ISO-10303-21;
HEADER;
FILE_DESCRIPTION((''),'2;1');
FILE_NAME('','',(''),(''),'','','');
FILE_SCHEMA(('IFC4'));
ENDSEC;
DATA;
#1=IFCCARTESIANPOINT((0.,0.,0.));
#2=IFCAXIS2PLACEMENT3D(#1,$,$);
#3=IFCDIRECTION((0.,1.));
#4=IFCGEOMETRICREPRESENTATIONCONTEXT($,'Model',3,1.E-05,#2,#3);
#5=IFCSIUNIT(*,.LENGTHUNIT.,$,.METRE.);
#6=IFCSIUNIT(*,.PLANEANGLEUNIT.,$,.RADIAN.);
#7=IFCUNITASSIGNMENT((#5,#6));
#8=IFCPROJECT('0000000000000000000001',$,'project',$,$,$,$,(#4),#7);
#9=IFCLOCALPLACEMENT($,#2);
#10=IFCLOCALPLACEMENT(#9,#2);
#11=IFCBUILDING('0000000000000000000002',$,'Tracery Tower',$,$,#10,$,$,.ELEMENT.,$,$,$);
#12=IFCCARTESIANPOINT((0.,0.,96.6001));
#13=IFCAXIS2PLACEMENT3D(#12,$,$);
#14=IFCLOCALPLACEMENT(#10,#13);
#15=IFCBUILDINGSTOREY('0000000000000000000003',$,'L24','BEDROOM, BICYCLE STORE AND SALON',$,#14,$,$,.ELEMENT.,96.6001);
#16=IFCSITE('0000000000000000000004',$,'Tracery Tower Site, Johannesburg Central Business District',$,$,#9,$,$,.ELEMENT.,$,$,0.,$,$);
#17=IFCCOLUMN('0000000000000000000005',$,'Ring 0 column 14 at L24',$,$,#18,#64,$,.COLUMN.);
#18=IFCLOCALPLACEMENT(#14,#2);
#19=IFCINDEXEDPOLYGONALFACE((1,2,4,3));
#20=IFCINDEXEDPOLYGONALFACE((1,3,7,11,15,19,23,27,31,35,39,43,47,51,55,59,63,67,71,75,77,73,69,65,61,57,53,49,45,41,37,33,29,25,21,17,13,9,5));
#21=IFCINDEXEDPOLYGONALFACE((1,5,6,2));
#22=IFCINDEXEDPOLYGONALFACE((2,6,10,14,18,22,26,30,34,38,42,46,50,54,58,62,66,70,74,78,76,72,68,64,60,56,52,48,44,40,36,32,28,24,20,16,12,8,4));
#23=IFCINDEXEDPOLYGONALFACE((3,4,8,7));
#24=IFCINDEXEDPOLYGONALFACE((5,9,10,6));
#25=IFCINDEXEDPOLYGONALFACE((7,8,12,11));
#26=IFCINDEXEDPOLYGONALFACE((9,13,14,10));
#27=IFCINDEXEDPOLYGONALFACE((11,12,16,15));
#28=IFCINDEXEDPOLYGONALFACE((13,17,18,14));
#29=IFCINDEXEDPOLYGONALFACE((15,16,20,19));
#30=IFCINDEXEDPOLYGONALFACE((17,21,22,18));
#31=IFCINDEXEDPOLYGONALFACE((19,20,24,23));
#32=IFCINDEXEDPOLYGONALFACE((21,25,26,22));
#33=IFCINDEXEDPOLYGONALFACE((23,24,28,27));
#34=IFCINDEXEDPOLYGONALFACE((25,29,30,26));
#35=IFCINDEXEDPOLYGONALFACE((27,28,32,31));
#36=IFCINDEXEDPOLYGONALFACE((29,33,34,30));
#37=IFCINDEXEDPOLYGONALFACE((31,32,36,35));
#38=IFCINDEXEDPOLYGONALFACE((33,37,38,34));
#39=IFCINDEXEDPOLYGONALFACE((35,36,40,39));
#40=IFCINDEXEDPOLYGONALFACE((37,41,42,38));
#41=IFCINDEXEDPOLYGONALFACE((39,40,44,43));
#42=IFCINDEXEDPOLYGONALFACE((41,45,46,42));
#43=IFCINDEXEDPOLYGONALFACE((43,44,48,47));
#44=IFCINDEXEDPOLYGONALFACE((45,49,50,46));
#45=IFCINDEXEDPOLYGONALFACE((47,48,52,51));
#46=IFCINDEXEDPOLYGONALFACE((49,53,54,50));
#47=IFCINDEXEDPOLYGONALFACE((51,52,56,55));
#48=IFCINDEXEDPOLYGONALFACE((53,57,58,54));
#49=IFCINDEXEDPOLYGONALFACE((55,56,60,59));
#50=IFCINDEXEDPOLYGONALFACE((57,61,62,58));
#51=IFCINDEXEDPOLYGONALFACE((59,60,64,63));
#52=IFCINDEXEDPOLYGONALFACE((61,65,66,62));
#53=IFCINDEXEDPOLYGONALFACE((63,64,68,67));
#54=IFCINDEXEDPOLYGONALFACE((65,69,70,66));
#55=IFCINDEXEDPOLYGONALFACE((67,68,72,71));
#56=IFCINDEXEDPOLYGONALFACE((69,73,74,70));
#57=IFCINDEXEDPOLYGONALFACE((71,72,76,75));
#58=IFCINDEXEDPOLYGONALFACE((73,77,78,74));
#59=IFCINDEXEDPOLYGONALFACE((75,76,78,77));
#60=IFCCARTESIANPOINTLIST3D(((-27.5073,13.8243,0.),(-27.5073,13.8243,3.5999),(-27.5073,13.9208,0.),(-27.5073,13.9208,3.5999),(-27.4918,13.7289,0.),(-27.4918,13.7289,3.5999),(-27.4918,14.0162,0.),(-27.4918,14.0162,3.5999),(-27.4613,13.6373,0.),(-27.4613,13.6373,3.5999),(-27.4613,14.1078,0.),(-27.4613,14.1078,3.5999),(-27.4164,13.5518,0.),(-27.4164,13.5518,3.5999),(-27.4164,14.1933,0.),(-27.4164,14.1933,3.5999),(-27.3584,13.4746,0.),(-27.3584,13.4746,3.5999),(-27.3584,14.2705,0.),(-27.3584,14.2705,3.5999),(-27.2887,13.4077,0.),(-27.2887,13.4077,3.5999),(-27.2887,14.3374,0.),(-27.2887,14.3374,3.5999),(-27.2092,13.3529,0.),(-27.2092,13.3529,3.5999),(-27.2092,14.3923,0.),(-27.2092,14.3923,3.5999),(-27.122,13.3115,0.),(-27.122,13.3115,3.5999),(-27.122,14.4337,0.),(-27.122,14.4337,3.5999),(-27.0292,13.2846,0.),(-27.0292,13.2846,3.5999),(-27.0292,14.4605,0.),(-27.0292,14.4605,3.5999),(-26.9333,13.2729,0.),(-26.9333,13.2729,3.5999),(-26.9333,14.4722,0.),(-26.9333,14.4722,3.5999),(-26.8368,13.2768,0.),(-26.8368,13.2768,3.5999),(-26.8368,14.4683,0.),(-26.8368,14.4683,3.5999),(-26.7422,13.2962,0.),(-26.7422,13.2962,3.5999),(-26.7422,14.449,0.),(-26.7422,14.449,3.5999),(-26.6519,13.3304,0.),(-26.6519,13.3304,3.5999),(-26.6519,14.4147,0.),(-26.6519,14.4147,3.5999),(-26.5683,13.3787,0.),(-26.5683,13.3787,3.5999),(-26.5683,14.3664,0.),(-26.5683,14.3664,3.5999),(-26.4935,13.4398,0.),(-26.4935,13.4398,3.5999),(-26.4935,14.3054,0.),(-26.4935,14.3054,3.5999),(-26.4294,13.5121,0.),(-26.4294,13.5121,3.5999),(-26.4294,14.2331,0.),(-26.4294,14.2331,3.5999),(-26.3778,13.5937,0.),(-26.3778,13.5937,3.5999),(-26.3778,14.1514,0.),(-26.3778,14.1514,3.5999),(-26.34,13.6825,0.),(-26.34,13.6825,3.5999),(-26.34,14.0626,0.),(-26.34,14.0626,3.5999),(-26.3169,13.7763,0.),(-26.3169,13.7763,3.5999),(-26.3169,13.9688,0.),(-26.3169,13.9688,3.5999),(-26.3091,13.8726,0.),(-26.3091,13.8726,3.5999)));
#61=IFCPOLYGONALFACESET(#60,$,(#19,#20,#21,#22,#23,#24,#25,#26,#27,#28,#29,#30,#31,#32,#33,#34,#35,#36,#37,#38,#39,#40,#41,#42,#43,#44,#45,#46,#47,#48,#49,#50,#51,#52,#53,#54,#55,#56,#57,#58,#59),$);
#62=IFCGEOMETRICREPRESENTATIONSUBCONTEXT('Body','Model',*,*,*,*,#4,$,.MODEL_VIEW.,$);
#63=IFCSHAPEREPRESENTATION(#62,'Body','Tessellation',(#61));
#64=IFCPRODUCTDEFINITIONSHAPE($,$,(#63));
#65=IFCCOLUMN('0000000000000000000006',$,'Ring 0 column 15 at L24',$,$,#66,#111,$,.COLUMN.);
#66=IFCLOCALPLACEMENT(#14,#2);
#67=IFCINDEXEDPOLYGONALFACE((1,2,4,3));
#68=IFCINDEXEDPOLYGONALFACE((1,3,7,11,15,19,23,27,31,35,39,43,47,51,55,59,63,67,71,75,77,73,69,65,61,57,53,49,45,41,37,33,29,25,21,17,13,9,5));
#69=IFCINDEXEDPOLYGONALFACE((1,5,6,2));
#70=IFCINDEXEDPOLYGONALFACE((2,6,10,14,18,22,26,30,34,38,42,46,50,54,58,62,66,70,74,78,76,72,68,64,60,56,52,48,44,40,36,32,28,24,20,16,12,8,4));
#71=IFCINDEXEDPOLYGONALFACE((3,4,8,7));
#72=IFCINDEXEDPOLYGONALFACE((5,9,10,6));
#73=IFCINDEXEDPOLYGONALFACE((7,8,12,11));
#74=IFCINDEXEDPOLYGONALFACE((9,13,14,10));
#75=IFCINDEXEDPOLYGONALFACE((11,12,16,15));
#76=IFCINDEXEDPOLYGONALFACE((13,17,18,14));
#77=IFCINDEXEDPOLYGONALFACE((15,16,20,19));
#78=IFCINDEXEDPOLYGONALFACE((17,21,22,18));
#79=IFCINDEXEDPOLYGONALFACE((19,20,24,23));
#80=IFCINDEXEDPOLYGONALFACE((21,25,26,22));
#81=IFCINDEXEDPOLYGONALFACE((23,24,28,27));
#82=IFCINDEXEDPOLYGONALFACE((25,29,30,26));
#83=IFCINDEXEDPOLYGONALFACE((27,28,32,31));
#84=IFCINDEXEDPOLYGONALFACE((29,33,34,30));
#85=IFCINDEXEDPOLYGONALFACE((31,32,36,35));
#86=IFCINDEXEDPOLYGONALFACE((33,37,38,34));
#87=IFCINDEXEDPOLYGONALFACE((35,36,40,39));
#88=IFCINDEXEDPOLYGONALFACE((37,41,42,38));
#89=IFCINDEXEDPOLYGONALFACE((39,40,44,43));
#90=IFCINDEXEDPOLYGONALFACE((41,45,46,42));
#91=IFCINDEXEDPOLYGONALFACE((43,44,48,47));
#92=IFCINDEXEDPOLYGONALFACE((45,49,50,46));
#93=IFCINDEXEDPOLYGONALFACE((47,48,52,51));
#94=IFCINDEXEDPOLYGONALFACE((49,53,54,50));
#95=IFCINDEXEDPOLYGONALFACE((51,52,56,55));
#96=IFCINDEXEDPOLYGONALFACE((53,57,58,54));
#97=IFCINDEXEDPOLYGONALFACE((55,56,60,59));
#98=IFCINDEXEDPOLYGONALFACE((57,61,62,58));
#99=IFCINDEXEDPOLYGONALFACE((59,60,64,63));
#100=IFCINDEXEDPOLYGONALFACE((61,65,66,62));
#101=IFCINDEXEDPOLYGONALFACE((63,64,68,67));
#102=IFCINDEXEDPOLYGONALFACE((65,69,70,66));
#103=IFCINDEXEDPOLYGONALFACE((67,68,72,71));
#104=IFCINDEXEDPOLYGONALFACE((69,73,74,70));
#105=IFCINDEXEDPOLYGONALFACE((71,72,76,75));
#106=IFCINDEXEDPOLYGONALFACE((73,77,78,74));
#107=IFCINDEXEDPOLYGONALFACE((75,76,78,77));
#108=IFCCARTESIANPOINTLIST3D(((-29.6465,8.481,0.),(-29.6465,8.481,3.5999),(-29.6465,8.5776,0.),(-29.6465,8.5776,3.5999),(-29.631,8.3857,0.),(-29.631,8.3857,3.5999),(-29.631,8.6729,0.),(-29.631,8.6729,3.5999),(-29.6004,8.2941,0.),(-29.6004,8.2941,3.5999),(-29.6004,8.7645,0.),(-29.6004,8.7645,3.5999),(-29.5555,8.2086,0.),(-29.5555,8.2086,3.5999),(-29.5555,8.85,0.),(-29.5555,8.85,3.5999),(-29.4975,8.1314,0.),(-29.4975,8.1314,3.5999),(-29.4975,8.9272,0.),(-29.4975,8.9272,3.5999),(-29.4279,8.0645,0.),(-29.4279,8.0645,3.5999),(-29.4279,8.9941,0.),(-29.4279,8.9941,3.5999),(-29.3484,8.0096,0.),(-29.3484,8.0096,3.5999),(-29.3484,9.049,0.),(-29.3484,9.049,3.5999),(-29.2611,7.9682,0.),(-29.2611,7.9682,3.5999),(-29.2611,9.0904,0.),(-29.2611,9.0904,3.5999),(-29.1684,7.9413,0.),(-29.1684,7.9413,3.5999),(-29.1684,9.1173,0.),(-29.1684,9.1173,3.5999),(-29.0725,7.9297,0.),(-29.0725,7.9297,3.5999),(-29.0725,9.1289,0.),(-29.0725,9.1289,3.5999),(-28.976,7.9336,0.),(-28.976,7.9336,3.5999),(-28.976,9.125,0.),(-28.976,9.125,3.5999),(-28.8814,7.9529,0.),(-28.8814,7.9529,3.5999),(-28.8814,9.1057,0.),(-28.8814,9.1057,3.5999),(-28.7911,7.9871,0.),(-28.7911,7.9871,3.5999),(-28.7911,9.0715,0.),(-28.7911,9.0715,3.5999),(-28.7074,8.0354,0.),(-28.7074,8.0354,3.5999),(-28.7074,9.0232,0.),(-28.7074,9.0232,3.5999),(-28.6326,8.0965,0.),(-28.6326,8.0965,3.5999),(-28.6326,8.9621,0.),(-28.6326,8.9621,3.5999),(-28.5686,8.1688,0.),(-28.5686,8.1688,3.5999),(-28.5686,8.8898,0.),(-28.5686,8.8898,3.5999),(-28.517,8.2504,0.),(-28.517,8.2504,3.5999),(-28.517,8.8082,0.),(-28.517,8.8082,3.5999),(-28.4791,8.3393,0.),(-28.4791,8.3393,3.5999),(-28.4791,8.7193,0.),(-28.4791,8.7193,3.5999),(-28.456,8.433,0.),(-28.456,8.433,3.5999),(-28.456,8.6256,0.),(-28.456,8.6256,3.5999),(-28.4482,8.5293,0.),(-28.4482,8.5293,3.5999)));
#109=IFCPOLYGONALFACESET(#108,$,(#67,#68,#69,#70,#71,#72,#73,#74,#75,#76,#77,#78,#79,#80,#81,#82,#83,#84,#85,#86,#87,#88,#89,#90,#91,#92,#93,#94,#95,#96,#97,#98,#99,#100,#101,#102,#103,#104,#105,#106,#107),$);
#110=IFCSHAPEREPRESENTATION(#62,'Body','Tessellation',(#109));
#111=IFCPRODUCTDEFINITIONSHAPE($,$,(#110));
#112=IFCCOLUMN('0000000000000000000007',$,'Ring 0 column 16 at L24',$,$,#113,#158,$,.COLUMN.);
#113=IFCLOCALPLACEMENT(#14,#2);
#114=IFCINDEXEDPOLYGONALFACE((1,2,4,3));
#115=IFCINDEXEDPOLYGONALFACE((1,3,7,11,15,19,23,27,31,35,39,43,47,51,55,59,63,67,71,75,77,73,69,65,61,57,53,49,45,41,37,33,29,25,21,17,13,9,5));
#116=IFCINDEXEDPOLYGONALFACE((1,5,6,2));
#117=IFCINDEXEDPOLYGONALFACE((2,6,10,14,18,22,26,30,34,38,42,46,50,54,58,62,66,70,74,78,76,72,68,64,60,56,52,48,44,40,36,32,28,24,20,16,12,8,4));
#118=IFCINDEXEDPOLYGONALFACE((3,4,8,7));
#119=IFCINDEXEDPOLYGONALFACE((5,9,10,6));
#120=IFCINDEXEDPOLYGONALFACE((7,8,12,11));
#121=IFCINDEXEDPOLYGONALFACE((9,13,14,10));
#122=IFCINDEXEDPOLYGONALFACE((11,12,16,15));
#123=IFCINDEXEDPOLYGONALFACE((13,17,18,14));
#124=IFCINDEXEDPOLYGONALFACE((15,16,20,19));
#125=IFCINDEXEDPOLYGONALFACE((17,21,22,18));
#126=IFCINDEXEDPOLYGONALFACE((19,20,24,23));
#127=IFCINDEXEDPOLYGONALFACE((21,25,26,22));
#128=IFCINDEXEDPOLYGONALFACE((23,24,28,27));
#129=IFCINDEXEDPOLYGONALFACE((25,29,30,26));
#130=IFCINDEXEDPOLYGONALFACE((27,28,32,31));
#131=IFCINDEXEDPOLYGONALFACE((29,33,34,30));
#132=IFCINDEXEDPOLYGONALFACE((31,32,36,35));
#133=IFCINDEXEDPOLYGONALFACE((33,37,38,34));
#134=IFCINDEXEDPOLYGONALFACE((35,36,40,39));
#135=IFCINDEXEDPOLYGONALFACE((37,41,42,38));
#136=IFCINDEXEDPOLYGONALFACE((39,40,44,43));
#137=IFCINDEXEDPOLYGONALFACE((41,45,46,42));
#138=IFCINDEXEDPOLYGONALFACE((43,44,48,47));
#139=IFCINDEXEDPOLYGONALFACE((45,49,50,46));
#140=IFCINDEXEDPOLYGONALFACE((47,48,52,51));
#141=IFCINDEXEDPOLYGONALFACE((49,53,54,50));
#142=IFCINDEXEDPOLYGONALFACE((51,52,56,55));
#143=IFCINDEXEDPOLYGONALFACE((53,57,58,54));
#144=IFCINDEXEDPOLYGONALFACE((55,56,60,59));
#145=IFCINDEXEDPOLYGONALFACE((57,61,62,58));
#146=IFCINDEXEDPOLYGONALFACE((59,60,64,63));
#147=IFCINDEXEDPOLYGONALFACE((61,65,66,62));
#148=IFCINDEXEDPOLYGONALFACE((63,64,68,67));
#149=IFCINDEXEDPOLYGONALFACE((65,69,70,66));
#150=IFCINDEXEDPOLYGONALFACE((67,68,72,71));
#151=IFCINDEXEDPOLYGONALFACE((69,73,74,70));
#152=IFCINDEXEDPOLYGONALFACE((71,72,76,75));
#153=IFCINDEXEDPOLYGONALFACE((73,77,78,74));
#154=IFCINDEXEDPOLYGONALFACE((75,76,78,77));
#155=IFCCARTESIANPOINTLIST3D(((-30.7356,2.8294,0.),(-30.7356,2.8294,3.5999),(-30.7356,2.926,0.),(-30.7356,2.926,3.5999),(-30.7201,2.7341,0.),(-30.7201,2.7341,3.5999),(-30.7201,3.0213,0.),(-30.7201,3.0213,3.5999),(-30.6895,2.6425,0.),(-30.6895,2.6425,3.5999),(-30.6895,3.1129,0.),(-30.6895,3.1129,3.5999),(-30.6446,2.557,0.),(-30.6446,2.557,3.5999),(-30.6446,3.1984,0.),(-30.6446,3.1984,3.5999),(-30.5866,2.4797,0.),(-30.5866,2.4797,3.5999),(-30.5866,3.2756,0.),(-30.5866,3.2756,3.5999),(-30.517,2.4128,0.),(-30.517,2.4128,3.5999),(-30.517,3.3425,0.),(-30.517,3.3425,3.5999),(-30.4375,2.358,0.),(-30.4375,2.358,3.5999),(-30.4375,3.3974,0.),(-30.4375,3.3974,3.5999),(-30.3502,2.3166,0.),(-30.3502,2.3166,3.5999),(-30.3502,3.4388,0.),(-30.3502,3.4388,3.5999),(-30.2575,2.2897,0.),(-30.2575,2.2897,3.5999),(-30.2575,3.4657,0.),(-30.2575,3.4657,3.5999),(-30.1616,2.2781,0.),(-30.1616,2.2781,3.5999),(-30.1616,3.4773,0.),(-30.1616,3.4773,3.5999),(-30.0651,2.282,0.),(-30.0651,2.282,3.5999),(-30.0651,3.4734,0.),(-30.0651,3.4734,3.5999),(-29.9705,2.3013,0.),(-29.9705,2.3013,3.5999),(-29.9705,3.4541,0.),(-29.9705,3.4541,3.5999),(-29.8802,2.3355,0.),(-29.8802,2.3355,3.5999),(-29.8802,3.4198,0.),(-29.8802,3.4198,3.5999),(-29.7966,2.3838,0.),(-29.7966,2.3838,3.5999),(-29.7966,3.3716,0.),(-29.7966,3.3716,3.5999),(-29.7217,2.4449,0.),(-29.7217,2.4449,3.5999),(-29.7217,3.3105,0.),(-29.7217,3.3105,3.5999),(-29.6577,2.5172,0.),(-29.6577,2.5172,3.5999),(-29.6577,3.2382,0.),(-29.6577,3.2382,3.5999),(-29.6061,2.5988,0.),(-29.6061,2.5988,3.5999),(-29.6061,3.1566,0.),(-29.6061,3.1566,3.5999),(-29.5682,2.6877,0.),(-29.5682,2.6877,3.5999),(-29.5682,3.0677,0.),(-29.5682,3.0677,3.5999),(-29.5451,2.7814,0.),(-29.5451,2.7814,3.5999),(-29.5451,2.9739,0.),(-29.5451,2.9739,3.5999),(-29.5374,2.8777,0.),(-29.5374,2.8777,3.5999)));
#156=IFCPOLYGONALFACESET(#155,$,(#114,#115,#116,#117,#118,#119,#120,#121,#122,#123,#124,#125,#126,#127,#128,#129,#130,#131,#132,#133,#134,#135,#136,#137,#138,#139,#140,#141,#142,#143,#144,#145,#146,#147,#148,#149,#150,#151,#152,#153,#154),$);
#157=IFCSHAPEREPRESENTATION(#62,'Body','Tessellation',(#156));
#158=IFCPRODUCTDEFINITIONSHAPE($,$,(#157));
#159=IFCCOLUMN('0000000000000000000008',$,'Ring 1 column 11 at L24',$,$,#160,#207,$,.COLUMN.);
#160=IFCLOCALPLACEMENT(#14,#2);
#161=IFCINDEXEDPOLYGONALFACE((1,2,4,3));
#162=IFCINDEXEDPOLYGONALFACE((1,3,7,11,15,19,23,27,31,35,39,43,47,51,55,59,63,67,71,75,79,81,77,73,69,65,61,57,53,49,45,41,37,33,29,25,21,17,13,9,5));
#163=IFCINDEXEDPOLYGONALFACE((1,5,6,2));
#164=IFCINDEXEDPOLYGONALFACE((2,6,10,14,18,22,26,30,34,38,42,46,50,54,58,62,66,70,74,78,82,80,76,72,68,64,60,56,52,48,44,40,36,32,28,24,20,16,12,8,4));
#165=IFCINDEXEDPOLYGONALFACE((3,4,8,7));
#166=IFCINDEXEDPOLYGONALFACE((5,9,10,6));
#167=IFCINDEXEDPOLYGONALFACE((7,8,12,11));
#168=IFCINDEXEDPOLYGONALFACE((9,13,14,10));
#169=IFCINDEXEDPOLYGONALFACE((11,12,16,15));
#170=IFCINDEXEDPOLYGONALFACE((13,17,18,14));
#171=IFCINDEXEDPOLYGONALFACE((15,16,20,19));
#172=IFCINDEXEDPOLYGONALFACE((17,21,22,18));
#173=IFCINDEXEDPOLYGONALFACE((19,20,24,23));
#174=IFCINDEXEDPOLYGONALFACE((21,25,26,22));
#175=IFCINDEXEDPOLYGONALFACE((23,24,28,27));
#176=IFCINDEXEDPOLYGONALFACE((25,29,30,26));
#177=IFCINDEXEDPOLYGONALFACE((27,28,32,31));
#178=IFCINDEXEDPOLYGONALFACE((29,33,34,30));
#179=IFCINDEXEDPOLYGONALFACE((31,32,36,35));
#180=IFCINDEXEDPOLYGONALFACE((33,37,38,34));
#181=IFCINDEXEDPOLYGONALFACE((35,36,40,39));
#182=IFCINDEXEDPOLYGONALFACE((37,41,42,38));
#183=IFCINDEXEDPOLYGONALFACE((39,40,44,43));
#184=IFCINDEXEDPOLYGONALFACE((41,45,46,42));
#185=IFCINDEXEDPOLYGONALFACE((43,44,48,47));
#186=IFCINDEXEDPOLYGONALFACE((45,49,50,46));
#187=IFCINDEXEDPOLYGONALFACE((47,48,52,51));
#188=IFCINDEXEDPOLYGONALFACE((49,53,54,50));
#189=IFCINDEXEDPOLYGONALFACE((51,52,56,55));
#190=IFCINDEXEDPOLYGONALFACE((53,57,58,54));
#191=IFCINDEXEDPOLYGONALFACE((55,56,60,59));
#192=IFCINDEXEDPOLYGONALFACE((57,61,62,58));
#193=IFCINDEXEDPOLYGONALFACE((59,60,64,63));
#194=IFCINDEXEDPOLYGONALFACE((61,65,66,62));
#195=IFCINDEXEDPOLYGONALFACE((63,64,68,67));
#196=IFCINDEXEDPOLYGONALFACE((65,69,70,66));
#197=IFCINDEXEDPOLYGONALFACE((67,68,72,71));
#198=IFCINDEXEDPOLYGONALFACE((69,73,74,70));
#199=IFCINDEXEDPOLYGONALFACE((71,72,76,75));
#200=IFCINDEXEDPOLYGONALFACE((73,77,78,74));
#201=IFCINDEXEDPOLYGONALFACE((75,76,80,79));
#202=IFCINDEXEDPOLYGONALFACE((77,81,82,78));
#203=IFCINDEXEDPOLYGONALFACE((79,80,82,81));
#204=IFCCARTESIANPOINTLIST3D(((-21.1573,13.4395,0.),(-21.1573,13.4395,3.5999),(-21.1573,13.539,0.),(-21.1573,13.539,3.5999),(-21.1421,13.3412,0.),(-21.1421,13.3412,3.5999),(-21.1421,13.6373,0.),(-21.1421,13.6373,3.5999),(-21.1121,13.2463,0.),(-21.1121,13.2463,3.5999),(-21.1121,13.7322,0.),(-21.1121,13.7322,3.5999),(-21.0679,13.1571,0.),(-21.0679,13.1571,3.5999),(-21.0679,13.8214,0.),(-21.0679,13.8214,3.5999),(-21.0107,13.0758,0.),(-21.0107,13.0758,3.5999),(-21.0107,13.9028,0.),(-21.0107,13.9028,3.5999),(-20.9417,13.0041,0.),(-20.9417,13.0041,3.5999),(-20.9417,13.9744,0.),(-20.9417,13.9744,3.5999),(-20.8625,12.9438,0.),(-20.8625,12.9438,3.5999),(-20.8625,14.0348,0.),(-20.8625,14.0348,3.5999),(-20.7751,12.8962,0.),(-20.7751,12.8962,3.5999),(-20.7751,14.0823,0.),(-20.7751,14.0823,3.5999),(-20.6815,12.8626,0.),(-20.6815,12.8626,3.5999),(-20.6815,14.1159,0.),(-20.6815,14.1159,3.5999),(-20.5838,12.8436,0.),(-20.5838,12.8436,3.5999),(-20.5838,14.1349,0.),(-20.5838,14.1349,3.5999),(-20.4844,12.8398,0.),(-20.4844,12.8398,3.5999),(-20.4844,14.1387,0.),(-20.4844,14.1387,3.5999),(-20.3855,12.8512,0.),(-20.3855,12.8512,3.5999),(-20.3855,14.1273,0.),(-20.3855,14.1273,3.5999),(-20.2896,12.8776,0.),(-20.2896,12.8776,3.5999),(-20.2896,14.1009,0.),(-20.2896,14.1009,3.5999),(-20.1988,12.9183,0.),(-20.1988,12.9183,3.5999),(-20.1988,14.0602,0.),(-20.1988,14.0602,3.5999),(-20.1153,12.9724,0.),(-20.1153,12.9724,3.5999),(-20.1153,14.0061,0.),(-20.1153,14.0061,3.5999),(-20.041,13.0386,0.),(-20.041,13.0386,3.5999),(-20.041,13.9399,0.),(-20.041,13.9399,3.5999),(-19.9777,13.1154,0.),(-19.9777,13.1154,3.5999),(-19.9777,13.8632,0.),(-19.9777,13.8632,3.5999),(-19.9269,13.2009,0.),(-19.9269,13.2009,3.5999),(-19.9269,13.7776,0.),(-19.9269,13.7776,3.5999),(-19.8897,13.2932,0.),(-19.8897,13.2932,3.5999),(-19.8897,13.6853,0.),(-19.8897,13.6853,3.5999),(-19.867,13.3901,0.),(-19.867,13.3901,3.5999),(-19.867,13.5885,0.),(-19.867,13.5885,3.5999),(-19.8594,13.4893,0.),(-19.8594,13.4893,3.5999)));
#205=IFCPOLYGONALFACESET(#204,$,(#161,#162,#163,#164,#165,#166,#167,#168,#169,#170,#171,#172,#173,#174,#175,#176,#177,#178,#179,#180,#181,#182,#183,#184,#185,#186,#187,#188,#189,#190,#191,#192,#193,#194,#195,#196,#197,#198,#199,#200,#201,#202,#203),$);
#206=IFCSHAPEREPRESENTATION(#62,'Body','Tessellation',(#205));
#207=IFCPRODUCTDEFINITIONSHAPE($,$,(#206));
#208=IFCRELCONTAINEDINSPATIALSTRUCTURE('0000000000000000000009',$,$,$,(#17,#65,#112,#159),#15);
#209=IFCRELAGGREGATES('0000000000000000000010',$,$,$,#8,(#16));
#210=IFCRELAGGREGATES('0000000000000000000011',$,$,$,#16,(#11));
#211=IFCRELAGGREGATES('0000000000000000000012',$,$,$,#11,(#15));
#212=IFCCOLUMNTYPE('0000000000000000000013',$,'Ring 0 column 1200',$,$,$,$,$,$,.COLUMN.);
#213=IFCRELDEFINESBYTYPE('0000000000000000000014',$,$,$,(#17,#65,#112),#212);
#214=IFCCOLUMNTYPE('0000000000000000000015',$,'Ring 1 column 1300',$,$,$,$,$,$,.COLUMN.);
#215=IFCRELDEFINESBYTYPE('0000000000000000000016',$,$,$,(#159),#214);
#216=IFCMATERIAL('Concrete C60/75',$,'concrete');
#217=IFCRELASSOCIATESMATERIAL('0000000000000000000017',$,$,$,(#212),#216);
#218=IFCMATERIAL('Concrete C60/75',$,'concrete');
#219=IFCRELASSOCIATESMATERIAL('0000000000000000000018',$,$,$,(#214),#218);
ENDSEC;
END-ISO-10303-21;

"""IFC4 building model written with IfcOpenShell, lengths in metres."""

from ifc_helpers import new_model, si_unit, direction, frame, origin, origin_2d, place, context, subcontext, project, spatial, circle, extrude, material, material_profile, profile_set, type_object, element, save


model = new_model("IFC4")

# Units and contexts
model_context = context("Model", 3, precision=1e-05, world=origin(), true_north=direction((0.0, 1.0)))
body_context = subcontext(model_context, "Body", "Model", "MODEL_VIEW")
ifc_project = project(units=[si_unit("LENGTHUNIT", "METRE"), si_unit("PLANEANGLEUNIT", "RADIAN")], contexts=[model_context])

# Site, building, storey
site_placement = place(None, origin())
site = spatial("IfcSite", under=ifc_project, at=site_placement, Name="Tracery Tower Site, Johannesburg Central Business District", CompositionType="ELEMENT", RefElevation=0.0)
building_placement = place(site_placement, origin())
building = spatial("IfcBuilding", under=site, at=building_placement, Name="Tracery Tower", CompositionType="ELEMENT")
storey_placement = place(building_placement, frame((0.0, 0.0, 96.6001)))
storey = spatial("IfcBuildingStorey", under=building, at=storey_placement, Name="L24", Description="BEDROOM, BICYCLE STORE AND SALON", CompositionType="ELEMENT", Elevation=96.6001)

# Columns
ifc_material_1 = material(Name="Concrete C60/75", Category="concrete")
ifc_material_profile_1 = material_profile(ifc_material_1, circle(Radius=0.6001, at=origin_2d()), Name="RC D1200")
ifc_profile_set_1 = profile_set([ifc_material_profile_1], Name="Concrete C60/75")
column_type_1 = type_object("IfcColumnType", Name="Ring 0 column 1200", PredefinedType="COLUMN", material=ifc_profile_set_1)
for number, where, z_axis, x_axis, name in (
    (1, (-26.9092, 13.8726, 0.0), (0.0, 0.0, 1.0), (1.0, 0.0, 0.0), "Ring 0 column 14 at L24"),
    (2, (-29.0483, 8.5293, 0.0), (0.0, 0.0, 1.0), (1.0, 0.0, 0.0), "Ring 0 column 15 at L24"),
    (3, (-30.1375, 2.8777, 0.0), (0.0, 0.0, 1.0), (1.0, 0.0, 0.0), "Ring 0 column 16 at L24"),
):
    element("IfcColumn", number, at=place(storey_placement, frame(where, z_axis=z_axis, x_axis=x_axis)), inside=storey, type_object=column_type_1, Name=name, PredefinedType="COLUMN", context=body_context, shape_type="SweptSolid", body=[
        extrude(circle(Radius=0.6001, at=origin_2d()), origin(), (0.0, 0.0, 1.0), 3.5999),
    ])
ifc_material_2 = material(Name="Concrete C60/75", Category="concrete")
ifc_material_profile_2 = material_profile(ifc_material_2, circle(Radius=0.6499, at=origin_2d()), Name="RC D1300")
ifc_profile_set_2 = profile_set([ifc_material_profile_2], Name="Concrete C60/75")
column_type_2 = type_object("IfcColumnType", Name="Ring 1 column 1300", PredefinedType="COLUMN", material=ifc_profile_set_2)
for number, where, z_axis, x_axis, name in (
    (4, (-20.5093, 13.4893, 0.0), (0.0, 0.0, 1.0), (1.0, 0.0, 0.0), "Ring 1 column 11 at L24"),
):
    element("IfcColumn", number, at=place(storey_placement, frame(where, z_axis=z_axis, x_axis=x_axis)), inside=storey, type_object=column_type_2, Name=name, PredefinedType="COLUMN", context=body_context, shape_type="SweptSolid", body=[
        extrude(circle(Radius=0.6499, at=origin_2d()), origin(), (0.0, 0.0, 1.0), 3.5999),
    ])

save(model, "model.ifc")
